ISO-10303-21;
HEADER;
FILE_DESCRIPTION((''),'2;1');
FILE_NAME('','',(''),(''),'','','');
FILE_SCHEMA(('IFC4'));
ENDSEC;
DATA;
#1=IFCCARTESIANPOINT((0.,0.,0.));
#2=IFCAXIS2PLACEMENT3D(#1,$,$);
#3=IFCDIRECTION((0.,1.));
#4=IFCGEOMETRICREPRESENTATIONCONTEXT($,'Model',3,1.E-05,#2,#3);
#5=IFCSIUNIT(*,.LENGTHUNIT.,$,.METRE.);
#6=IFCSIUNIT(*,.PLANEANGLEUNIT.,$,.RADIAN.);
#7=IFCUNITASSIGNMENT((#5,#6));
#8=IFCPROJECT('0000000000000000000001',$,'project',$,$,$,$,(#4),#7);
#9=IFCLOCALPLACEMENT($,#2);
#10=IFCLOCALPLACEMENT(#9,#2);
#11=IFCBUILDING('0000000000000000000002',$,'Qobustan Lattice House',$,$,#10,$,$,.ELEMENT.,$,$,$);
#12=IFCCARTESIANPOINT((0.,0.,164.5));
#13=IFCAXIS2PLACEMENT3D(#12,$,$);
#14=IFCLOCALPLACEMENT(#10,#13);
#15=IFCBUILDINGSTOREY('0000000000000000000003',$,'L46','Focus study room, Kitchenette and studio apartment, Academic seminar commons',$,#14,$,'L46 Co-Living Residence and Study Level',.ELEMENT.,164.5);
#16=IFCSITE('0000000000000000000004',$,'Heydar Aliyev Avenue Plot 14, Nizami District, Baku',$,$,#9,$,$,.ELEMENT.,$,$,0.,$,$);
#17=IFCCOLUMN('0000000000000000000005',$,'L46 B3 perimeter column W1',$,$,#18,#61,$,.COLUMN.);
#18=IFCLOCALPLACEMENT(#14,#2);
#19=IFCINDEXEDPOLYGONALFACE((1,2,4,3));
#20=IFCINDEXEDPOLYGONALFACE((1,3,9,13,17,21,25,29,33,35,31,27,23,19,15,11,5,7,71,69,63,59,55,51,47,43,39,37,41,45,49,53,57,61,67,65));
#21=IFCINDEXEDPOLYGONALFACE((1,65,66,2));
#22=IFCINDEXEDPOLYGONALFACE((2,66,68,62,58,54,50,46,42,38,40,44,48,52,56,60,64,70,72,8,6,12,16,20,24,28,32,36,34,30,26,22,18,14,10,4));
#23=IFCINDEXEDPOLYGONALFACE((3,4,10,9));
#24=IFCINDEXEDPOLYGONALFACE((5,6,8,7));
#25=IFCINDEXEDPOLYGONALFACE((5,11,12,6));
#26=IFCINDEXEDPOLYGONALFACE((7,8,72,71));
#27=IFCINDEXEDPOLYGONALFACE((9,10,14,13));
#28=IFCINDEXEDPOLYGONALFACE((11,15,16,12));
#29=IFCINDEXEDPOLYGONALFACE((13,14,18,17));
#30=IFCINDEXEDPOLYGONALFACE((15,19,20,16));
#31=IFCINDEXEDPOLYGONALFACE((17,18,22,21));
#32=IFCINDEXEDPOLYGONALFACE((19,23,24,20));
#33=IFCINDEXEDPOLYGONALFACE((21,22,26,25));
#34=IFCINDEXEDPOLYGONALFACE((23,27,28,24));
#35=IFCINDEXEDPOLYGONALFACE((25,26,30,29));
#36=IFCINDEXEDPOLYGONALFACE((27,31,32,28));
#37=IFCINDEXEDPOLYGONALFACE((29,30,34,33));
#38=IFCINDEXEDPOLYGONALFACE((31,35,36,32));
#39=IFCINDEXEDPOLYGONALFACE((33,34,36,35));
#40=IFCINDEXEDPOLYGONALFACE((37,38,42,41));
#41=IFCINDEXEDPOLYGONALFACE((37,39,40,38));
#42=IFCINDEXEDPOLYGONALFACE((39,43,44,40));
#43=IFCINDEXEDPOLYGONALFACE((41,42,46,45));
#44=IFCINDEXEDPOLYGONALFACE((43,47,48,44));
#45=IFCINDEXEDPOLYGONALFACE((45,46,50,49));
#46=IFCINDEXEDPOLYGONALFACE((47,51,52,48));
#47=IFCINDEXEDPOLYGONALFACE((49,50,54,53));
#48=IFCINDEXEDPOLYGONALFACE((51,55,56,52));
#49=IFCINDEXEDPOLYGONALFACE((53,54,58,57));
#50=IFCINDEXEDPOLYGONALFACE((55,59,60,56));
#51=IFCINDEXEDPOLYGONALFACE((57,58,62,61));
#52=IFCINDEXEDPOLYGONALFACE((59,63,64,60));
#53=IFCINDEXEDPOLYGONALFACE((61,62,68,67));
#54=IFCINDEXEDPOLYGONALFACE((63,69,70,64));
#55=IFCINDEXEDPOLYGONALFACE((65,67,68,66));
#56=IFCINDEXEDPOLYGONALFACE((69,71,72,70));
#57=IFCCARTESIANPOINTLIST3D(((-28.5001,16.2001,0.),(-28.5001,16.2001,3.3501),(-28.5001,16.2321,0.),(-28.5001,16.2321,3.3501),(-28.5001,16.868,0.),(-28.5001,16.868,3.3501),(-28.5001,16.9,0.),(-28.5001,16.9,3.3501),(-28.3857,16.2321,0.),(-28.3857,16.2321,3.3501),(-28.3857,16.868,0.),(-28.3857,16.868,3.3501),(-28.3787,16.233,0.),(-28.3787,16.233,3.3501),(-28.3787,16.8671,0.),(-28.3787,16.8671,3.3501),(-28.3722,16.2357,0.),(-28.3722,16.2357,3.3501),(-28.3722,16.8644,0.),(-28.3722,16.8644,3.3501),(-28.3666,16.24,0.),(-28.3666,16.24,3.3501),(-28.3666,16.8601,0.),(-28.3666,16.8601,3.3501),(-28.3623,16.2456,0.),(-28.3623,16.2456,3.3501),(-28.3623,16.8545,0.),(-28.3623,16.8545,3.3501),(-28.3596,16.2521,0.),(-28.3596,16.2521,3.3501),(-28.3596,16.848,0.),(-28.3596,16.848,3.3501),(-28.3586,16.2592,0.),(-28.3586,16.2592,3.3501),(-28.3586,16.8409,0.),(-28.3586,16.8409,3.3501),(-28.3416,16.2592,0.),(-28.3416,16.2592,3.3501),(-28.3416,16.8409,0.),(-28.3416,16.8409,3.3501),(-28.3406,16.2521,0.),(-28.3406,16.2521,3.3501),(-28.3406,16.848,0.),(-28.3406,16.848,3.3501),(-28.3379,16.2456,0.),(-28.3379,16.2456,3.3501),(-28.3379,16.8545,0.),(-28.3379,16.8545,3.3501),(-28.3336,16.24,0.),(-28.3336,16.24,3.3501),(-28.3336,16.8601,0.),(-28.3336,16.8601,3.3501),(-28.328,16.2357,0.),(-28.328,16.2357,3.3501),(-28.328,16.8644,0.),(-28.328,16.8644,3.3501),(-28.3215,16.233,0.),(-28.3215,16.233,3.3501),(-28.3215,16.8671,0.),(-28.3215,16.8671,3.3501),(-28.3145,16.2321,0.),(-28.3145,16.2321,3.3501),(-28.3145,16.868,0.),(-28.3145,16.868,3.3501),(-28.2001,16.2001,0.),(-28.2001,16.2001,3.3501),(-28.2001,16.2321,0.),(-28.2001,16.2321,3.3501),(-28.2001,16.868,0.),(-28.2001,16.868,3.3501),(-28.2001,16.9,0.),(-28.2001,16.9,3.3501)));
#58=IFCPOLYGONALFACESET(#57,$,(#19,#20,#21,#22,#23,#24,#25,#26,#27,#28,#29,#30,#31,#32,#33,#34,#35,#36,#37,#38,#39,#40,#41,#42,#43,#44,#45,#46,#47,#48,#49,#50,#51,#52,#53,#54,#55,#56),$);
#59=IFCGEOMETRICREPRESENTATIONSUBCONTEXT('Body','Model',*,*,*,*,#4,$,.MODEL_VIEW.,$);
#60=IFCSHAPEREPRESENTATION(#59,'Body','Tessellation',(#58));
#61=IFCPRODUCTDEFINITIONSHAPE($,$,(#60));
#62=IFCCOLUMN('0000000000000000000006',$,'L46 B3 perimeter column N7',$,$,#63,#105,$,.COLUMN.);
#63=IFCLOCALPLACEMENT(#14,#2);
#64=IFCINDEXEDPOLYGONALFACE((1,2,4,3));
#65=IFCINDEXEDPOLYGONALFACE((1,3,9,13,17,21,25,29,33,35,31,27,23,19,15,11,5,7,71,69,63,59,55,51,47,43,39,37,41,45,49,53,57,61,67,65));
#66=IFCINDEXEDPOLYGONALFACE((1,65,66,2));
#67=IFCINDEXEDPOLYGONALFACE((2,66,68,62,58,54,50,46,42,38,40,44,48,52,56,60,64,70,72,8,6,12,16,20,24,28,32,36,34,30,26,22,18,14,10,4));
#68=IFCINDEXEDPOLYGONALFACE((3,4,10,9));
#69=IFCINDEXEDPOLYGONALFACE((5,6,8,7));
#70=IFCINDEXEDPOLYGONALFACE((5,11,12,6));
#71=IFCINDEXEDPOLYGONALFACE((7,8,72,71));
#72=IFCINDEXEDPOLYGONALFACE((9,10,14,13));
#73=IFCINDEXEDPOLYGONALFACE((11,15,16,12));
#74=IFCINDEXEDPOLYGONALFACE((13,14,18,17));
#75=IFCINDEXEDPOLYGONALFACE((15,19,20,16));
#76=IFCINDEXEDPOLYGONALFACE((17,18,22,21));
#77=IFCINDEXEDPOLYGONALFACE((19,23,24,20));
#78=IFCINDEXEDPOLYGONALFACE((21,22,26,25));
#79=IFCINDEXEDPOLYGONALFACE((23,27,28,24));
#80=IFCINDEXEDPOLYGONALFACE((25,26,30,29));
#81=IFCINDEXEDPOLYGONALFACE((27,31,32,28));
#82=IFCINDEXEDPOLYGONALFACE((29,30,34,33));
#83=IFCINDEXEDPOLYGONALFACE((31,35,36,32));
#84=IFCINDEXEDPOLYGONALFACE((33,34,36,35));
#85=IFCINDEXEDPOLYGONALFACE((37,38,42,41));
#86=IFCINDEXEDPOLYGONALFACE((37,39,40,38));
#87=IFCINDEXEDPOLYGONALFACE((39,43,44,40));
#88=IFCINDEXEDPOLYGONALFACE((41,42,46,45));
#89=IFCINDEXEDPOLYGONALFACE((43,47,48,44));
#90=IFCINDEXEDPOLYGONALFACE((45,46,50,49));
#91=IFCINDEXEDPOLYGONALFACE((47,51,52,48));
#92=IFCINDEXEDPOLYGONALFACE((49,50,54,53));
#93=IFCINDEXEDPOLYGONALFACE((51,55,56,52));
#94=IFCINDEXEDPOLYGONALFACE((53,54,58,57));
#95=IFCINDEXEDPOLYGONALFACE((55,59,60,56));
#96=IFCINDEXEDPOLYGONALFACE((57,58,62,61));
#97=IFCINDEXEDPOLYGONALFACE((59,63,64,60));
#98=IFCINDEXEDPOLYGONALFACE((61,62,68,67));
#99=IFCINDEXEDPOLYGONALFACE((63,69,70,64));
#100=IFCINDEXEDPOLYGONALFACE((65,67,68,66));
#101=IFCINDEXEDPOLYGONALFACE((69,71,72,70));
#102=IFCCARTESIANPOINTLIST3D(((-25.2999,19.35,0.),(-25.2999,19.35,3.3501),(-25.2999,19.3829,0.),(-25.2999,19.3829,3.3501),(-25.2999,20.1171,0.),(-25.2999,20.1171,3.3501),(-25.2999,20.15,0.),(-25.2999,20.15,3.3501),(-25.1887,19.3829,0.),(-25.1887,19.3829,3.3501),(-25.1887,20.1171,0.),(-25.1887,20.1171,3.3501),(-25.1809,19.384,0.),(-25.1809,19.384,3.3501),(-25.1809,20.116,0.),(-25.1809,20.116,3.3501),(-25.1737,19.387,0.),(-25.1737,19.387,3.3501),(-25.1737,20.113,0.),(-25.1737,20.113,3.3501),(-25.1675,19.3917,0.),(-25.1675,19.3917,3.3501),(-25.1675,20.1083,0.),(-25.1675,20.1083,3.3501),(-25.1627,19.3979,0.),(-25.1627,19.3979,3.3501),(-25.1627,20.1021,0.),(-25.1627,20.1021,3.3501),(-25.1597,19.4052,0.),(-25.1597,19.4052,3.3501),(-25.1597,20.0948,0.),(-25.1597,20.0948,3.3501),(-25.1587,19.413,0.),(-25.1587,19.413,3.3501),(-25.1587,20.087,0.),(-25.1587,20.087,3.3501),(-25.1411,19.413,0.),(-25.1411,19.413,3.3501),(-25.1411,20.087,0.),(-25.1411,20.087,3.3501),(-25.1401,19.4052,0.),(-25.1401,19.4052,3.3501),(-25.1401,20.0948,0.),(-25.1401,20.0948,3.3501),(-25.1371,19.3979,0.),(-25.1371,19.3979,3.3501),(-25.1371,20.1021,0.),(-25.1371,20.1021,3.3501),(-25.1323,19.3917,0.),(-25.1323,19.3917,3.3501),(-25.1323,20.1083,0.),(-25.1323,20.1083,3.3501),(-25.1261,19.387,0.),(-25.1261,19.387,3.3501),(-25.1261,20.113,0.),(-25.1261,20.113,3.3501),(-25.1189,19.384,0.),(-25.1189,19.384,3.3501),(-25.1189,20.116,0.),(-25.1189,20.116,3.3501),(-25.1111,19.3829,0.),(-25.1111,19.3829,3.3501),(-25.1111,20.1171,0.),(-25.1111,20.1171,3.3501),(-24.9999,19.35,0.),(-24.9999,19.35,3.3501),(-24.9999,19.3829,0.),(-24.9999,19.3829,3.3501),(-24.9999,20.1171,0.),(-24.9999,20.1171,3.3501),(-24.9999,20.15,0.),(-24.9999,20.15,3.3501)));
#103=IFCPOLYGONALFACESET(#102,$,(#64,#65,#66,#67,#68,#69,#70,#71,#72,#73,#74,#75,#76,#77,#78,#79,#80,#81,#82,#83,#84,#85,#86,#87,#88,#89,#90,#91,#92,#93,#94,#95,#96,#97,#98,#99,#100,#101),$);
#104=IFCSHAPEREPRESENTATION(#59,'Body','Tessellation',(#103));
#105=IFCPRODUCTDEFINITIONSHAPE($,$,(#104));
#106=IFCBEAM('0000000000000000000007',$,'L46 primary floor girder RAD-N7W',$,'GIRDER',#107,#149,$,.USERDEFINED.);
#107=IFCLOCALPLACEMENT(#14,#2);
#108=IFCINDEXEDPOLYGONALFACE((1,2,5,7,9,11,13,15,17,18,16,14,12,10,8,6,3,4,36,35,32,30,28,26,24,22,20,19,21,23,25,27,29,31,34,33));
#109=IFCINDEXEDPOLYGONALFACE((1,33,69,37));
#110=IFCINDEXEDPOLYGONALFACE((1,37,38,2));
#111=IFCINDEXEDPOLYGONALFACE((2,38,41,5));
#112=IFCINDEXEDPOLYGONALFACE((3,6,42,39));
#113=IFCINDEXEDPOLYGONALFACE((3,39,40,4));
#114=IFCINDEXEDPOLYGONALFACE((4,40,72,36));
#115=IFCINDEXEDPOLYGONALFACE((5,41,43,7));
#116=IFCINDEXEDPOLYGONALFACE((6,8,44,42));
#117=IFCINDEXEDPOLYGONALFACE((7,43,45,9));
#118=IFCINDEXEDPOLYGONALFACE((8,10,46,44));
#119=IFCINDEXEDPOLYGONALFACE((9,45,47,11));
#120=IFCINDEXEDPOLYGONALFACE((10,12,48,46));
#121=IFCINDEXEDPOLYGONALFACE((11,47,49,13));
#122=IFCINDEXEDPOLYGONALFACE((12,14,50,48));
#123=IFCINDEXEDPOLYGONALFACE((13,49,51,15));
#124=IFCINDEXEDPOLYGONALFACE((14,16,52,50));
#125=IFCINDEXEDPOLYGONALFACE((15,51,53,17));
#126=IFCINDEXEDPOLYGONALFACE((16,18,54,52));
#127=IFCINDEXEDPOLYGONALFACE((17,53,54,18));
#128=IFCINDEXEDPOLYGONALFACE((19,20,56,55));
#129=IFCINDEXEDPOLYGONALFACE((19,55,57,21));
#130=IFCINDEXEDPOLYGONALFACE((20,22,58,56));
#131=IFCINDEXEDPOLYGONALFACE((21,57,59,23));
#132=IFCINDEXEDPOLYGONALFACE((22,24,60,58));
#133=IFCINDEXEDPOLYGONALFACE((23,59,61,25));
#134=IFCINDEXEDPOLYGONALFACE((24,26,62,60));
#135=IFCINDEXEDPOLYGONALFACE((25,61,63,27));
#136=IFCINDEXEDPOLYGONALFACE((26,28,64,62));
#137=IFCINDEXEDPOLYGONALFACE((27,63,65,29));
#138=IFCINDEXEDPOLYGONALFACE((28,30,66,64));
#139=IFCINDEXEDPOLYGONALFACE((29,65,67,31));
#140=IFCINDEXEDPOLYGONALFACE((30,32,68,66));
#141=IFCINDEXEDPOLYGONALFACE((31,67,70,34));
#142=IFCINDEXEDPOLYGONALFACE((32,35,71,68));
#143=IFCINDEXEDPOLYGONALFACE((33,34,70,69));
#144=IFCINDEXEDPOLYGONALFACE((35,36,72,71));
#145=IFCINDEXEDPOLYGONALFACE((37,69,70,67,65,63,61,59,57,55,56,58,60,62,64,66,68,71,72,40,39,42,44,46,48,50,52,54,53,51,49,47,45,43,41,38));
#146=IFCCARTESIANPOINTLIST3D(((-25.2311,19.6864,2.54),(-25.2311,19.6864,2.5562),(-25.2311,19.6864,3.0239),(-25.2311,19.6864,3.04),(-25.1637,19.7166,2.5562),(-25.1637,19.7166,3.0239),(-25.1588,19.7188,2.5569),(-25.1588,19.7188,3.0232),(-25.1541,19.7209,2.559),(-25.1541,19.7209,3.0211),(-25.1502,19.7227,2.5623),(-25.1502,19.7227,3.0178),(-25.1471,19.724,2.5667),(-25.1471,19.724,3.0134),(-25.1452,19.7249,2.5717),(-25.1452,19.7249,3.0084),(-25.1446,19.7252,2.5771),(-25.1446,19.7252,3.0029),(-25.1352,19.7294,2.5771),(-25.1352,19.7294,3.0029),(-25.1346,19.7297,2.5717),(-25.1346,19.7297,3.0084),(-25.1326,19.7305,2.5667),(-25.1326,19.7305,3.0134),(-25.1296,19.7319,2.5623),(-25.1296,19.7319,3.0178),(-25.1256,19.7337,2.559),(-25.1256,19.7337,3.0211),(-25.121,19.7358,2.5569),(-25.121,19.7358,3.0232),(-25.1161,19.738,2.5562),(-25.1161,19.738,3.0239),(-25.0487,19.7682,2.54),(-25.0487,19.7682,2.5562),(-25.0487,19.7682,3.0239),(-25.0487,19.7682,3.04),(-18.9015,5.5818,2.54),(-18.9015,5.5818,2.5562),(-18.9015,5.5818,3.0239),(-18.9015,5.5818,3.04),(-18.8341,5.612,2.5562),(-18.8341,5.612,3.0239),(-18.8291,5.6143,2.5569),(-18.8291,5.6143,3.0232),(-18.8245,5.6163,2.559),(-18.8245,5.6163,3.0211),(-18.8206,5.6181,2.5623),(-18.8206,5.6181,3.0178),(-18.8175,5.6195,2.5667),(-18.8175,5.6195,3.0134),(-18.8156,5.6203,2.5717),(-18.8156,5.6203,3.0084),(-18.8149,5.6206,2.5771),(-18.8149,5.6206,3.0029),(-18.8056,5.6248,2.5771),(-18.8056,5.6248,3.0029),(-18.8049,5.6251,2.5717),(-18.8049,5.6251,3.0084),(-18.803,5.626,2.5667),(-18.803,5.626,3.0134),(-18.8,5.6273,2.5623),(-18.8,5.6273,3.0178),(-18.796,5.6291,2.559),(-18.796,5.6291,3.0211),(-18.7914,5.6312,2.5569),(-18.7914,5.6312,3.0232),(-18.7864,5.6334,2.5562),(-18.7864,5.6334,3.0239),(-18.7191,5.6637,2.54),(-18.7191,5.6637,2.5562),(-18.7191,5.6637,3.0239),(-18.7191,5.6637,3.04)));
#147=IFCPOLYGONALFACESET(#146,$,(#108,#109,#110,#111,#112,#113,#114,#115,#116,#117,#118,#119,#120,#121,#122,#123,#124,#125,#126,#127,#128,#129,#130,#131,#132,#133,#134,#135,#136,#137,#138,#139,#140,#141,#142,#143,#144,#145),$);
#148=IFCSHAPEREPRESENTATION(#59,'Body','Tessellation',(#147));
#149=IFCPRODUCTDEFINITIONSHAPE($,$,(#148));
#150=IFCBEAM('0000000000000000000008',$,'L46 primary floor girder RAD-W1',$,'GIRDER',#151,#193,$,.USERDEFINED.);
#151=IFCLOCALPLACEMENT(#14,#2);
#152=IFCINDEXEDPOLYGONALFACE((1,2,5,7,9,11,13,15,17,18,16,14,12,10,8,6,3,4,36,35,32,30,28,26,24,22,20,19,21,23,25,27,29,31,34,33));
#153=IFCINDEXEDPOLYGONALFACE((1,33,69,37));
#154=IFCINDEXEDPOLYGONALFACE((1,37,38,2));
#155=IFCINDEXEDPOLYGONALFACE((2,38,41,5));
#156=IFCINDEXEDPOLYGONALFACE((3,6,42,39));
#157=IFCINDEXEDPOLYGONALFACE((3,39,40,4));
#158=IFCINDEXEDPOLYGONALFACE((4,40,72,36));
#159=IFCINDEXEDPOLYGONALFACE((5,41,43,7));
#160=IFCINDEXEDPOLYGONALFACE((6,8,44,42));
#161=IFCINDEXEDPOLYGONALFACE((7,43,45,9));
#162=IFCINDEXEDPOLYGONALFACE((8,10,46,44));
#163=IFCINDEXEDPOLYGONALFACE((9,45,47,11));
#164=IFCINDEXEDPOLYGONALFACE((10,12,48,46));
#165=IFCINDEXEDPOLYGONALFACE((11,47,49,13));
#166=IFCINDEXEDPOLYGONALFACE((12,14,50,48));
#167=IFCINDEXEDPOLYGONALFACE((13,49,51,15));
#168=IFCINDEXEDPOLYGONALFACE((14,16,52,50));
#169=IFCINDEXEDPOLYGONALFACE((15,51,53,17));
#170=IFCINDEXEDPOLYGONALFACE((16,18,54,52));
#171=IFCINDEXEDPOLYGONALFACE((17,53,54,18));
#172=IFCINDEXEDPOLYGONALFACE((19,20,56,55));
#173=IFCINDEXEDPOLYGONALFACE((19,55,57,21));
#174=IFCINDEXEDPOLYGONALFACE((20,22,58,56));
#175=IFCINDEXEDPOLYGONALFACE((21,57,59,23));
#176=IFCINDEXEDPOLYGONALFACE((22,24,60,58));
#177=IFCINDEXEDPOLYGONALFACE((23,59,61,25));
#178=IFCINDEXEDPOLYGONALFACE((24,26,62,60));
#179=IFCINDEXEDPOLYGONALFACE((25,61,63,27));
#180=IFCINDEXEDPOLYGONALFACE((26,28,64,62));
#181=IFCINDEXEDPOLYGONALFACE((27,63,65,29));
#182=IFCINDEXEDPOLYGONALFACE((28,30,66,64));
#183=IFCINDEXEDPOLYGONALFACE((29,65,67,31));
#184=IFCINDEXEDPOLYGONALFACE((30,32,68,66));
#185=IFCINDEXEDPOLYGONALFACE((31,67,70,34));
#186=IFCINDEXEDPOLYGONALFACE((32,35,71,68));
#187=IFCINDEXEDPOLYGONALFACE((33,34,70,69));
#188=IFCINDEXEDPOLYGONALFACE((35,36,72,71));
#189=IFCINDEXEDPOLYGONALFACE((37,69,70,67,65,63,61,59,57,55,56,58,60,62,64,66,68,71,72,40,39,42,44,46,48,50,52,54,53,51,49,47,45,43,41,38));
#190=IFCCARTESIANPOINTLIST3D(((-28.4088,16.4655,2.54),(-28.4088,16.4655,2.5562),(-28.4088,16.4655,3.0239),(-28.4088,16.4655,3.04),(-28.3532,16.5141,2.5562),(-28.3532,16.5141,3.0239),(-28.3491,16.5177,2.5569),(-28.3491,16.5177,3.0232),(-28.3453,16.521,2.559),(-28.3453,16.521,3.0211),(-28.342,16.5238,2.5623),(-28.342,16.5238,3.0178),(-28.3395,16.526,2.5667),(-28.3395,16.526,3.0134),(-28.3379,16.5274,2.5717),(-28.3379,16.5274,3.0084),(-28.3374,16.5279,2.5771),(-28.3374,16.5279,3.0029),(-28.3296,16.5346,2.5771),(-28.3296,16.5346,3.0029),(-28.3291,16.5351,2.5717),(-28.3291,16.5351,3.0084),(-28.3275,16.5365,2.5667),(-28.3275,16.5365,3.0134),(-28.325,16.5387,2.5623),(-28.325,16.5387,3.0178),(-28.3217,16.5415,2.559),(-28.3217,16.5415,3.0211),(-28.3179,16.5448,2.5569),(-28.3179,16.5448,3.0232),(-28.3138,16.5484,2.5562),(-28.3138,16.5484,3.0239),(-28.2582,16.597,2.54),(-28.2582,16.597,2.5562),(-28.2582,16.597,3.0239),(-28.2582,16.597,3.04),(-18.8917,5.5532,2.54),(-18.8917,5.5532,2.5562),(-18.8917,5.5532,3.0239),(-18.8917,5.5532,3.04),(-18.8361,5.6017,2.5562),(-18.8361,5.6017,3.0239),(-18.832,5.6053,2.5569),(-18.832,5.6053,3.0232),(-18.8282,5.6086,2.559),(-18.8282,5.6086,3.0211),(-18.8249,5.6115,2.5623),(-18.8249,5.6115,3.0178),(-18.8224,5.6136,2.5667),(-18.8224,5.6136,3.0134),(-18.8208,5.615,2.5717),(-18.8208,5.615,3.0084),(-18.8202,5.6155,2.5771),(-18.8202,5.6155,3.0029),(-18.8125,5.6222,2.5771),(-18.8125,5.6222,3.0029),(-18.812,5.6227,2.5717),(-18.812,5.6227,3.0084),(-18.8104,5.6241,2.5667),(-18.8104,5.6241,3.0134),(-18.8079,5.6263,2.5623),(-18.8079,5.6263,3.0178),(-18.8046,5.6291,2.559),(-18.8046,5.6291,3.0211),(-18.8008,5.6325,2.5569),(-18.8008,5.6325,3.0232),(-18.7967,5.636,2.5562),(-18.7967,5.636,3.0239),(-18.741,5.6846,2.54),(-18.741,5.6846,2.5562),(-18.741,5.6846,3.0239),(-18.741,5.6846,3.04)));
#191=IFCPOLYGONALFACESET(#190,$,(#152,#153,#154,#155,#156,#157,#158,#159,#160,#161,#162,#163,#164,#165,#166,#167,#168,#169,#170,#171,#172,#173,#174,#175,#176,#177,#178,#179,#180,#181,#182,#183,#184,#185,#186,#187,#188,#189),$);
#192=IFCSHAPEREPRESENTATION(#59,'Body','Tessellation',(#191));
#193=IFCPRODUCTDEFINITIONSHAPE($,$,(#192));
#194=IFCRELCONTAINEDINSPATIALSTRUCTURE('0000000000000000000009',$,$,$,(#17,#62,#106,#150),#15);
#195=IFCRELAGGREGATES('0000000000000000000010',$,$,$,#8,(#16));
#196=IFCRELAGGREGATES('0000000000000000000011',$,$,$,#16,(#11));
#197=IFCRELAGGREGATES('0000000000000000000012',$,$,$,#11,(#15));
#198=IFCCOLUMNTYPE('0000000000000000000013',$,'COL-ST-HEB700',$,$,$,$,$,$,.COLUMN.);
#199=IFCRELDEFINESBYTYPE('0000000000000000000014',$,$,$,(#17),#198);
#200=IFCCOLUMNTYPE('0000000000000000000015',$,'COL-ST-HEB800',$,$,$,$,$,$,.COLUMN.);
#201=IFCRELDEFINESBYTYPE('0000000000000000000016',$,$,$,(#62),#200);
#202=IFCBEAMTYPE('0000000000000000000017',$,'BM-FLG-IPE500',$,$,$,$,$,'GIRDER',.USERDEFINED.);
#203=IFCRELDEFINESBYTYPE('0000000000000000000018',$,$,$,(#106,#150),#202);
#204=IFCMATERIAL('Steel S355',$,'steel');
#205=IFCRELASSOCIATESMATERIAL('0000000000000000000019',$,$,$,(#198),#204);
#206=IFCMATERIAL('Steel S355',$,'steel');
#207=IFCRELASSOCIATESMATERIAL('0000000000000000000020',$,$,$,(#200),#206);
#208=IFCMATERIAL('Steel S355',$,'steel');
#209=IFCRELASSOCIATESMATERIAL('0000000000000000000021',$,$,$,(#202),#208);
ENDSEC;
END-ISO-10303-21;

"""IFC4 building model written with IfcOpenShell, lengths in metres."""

from ifc_helpers import new_model, si_unit, direction, frame, origin, origin_2d, place, context, subcontext, project, spatial, i_section, extrude, material, material_profile, profile_set, type_object, element, save


model = new_model("IFC4")

# Units and contexts
model_context = context("Model", 3, precision=1e-05, world=origin(), true_north=direction((0.0, 1.0)))
body_context = subcontext(model_context, "Body", "Model", "MODEL_VIEW")
ifc_project = project(units=[si_unit("LENGTHUNIT", "METRE"), si_unit("PLANEANGLEUNIT", "RADIAN")], contexts=[model_context])

# Site, building, storey
site_placement = place(None, origin())
site = spatial("IfcSite", under=ifc_project, at=site_placement, Name="Heydar Aliyev Avenue Plot 14, Nizami District, Baku", CompositionType="ELEMENT", RefElevation=0.0)
building_placement = place(site_placement, origin())
building = spatial("IfcBuilding", under=site, at=building_placement, Name="Qobustan Lattice House", CompositionType="ELEMENT")
storey_placement = place(building_placement, frame((0.0, 0.0, 164.5)))
storey = spatial("IfcBuildingStorey", under=building, at=storey_placement, Name="L46", Description="Focus study room, Kitchenette and studio apartment, Academic seminar commons", LongName="L46 Co-Living Residence and Study Level", CompositionType="ELEMENT", Elevation=164.5)

# Columns
ifc_material_1 = material(Name="Steel S355", Category="steel")
ifc_material_profile_1 = material_profile(ifc_material_1, i_section(OverallWidth=0.3, OverallDepth=0.7, WebThickness=0.0171, FlangeThickness=0.032, FilletRadius=0.0271, at=origin_2d()), Name="HEB700")
ifc_profile_set_1 = profile_set([ifc_material_profile_1], Name="Steel S355")
column_type_1 = type_object("IfcColumnType", Name="COL-ST-HEB700", PredefinedType="COLUMN", material=ifc_profile_set_1)
column_1_placement = place(storey_placement, frame((-28.3501, 16.55, 0.0), z_axis=(0.0, 0.0, 1.0), x_axis=(1.0, 0.0, 0.0)))
element("IfcColumn", 1, at=column_1_placement, inside=storey, type_object=column_type_1, Name="L46 B3 perimeter column W1", PredefinedType="COLUMN", context=body_context, shape_type="SweptSolid", body=[
    extrude(i_section(OverallWidth=0.3, OverallDepth=0.7, WebThickness=0.0171, FlangeThickness=0.032, FilletRadius=0.0271, at=origin_2d()), origin(), (0.0, 0.0, 1.0), 3.3501),
])
ifc_material_2 = material(Name="Steel S355", Category="steel")
ifc_material_profile_2 = material_profile(ifc_material_2, i_section(OverallWidth=0.3, OverallDepth=0.8, WebThickness=0.0176, FlangeThickness=0.033, FilletRadius=0.03, at=origin_2d()), Name="HEB800")
ifc_profile_set_2 = profile_set([ifc_material_profile_2], Name="Steel S355")
column_type_2 = type_object("IfcColumnType", Name="COL-ST-HEB800", PredefinedType="COLUMN", material=ifc_profile_set_2)
column_2_placement = place(storey_placement, frame((-25.1499, 19.75, 0.0), z_axis=(0.0, 0.0, 1.0), x_axis=(1.0, 0.0, 0.0)))
element("IfcColumn", 2, at=column_2_placement, inside=storey, type_object=column_type_2, Name="L46 B3 perimeter column N7", PredefinedType="COLUMN", context=body_context, shape_type="SweptSolid", body=[
    extrude(i_section(OverallWidth=0.3, OverallDepth=0.8, WebThickness=0.0176, FlangeThickness=0.033, FilletRadius=0.03, at=origin_2d()), origin(), (0.0, 0.0, 1.0), 3.3501),
])

# Beams
ifc_material_3 = material(Name="Steel S355", Category="steel")
ifc_material_profile_3 = material_profile(ifc_material_3, i_section(OverallWidth=0.2, OverallDepth=0.5, WebThickness=0.0103, FlangeThickness=0.0161, FilletRadius=0.021, at=origin_2d()), Name="IPE500")
ifc_profile_set_3 = profile_set([ifc_material_profile_3], Name="Steel S355")
beam_type_1 = type_object("IfcBeamType", Name="BM-FLG-IPE500", ElementType="GIRDER", PredefinedType="USERDEFINED", material=ifc_profile_set_3)
beam_1_placement = place(storey_placement, frame((-25.1399, 19.7273, 2.79), z_axis=(0.409427, -0.912343, 0.0), x_axis=(0.912343, 0.409427, 0.0)))
element("IfcBeam", 3, at=beam_1_placement, inside=storey, type_object=beam_type_1, Name="L46 primary floor girder RAD-N7W", ObjectType="GIRDER", PredefinedType="USERDEFINED", context=body_context, shape_type="SweptSolid", body=[
    extrude(i_section(OverallWidth=0.2, OverallDepth=0.5, WebThickness=0.0103, FlangeThickness=0.0161, FilletRadius=0.021, at=origin_2d()), origin(), (0.0, 0.0, 1.0), 15.4597),
])
beam_2_placement = place(storey_placement, frame((-28.3335, 16.5312, 2.79), z_axis=(0.657283, -0.753644, 0.0), x_axis=(0.753644, 0.657283, 0.0)))
element("IfcBeam", 4, at=beam_2_placement, inside=storey, type_object=beam_type_1, Name="L46 primary floor girder RAD-W1", ObjectType="GIRDER", PredefinedType="USERDEFINED", context=body_context, shape_type="SweptSolid", body=[
    extrude(i_section(OverallWidth=0.2, OverallDepth=0.5, WebThickness=0.0103, FlangeThickness=0.0161, FilletRadius=0.021, at=origin_2d()), origin(), (0.0, 0.0, 1.0), 14.4795),
])

save(model, "model.ifc")
